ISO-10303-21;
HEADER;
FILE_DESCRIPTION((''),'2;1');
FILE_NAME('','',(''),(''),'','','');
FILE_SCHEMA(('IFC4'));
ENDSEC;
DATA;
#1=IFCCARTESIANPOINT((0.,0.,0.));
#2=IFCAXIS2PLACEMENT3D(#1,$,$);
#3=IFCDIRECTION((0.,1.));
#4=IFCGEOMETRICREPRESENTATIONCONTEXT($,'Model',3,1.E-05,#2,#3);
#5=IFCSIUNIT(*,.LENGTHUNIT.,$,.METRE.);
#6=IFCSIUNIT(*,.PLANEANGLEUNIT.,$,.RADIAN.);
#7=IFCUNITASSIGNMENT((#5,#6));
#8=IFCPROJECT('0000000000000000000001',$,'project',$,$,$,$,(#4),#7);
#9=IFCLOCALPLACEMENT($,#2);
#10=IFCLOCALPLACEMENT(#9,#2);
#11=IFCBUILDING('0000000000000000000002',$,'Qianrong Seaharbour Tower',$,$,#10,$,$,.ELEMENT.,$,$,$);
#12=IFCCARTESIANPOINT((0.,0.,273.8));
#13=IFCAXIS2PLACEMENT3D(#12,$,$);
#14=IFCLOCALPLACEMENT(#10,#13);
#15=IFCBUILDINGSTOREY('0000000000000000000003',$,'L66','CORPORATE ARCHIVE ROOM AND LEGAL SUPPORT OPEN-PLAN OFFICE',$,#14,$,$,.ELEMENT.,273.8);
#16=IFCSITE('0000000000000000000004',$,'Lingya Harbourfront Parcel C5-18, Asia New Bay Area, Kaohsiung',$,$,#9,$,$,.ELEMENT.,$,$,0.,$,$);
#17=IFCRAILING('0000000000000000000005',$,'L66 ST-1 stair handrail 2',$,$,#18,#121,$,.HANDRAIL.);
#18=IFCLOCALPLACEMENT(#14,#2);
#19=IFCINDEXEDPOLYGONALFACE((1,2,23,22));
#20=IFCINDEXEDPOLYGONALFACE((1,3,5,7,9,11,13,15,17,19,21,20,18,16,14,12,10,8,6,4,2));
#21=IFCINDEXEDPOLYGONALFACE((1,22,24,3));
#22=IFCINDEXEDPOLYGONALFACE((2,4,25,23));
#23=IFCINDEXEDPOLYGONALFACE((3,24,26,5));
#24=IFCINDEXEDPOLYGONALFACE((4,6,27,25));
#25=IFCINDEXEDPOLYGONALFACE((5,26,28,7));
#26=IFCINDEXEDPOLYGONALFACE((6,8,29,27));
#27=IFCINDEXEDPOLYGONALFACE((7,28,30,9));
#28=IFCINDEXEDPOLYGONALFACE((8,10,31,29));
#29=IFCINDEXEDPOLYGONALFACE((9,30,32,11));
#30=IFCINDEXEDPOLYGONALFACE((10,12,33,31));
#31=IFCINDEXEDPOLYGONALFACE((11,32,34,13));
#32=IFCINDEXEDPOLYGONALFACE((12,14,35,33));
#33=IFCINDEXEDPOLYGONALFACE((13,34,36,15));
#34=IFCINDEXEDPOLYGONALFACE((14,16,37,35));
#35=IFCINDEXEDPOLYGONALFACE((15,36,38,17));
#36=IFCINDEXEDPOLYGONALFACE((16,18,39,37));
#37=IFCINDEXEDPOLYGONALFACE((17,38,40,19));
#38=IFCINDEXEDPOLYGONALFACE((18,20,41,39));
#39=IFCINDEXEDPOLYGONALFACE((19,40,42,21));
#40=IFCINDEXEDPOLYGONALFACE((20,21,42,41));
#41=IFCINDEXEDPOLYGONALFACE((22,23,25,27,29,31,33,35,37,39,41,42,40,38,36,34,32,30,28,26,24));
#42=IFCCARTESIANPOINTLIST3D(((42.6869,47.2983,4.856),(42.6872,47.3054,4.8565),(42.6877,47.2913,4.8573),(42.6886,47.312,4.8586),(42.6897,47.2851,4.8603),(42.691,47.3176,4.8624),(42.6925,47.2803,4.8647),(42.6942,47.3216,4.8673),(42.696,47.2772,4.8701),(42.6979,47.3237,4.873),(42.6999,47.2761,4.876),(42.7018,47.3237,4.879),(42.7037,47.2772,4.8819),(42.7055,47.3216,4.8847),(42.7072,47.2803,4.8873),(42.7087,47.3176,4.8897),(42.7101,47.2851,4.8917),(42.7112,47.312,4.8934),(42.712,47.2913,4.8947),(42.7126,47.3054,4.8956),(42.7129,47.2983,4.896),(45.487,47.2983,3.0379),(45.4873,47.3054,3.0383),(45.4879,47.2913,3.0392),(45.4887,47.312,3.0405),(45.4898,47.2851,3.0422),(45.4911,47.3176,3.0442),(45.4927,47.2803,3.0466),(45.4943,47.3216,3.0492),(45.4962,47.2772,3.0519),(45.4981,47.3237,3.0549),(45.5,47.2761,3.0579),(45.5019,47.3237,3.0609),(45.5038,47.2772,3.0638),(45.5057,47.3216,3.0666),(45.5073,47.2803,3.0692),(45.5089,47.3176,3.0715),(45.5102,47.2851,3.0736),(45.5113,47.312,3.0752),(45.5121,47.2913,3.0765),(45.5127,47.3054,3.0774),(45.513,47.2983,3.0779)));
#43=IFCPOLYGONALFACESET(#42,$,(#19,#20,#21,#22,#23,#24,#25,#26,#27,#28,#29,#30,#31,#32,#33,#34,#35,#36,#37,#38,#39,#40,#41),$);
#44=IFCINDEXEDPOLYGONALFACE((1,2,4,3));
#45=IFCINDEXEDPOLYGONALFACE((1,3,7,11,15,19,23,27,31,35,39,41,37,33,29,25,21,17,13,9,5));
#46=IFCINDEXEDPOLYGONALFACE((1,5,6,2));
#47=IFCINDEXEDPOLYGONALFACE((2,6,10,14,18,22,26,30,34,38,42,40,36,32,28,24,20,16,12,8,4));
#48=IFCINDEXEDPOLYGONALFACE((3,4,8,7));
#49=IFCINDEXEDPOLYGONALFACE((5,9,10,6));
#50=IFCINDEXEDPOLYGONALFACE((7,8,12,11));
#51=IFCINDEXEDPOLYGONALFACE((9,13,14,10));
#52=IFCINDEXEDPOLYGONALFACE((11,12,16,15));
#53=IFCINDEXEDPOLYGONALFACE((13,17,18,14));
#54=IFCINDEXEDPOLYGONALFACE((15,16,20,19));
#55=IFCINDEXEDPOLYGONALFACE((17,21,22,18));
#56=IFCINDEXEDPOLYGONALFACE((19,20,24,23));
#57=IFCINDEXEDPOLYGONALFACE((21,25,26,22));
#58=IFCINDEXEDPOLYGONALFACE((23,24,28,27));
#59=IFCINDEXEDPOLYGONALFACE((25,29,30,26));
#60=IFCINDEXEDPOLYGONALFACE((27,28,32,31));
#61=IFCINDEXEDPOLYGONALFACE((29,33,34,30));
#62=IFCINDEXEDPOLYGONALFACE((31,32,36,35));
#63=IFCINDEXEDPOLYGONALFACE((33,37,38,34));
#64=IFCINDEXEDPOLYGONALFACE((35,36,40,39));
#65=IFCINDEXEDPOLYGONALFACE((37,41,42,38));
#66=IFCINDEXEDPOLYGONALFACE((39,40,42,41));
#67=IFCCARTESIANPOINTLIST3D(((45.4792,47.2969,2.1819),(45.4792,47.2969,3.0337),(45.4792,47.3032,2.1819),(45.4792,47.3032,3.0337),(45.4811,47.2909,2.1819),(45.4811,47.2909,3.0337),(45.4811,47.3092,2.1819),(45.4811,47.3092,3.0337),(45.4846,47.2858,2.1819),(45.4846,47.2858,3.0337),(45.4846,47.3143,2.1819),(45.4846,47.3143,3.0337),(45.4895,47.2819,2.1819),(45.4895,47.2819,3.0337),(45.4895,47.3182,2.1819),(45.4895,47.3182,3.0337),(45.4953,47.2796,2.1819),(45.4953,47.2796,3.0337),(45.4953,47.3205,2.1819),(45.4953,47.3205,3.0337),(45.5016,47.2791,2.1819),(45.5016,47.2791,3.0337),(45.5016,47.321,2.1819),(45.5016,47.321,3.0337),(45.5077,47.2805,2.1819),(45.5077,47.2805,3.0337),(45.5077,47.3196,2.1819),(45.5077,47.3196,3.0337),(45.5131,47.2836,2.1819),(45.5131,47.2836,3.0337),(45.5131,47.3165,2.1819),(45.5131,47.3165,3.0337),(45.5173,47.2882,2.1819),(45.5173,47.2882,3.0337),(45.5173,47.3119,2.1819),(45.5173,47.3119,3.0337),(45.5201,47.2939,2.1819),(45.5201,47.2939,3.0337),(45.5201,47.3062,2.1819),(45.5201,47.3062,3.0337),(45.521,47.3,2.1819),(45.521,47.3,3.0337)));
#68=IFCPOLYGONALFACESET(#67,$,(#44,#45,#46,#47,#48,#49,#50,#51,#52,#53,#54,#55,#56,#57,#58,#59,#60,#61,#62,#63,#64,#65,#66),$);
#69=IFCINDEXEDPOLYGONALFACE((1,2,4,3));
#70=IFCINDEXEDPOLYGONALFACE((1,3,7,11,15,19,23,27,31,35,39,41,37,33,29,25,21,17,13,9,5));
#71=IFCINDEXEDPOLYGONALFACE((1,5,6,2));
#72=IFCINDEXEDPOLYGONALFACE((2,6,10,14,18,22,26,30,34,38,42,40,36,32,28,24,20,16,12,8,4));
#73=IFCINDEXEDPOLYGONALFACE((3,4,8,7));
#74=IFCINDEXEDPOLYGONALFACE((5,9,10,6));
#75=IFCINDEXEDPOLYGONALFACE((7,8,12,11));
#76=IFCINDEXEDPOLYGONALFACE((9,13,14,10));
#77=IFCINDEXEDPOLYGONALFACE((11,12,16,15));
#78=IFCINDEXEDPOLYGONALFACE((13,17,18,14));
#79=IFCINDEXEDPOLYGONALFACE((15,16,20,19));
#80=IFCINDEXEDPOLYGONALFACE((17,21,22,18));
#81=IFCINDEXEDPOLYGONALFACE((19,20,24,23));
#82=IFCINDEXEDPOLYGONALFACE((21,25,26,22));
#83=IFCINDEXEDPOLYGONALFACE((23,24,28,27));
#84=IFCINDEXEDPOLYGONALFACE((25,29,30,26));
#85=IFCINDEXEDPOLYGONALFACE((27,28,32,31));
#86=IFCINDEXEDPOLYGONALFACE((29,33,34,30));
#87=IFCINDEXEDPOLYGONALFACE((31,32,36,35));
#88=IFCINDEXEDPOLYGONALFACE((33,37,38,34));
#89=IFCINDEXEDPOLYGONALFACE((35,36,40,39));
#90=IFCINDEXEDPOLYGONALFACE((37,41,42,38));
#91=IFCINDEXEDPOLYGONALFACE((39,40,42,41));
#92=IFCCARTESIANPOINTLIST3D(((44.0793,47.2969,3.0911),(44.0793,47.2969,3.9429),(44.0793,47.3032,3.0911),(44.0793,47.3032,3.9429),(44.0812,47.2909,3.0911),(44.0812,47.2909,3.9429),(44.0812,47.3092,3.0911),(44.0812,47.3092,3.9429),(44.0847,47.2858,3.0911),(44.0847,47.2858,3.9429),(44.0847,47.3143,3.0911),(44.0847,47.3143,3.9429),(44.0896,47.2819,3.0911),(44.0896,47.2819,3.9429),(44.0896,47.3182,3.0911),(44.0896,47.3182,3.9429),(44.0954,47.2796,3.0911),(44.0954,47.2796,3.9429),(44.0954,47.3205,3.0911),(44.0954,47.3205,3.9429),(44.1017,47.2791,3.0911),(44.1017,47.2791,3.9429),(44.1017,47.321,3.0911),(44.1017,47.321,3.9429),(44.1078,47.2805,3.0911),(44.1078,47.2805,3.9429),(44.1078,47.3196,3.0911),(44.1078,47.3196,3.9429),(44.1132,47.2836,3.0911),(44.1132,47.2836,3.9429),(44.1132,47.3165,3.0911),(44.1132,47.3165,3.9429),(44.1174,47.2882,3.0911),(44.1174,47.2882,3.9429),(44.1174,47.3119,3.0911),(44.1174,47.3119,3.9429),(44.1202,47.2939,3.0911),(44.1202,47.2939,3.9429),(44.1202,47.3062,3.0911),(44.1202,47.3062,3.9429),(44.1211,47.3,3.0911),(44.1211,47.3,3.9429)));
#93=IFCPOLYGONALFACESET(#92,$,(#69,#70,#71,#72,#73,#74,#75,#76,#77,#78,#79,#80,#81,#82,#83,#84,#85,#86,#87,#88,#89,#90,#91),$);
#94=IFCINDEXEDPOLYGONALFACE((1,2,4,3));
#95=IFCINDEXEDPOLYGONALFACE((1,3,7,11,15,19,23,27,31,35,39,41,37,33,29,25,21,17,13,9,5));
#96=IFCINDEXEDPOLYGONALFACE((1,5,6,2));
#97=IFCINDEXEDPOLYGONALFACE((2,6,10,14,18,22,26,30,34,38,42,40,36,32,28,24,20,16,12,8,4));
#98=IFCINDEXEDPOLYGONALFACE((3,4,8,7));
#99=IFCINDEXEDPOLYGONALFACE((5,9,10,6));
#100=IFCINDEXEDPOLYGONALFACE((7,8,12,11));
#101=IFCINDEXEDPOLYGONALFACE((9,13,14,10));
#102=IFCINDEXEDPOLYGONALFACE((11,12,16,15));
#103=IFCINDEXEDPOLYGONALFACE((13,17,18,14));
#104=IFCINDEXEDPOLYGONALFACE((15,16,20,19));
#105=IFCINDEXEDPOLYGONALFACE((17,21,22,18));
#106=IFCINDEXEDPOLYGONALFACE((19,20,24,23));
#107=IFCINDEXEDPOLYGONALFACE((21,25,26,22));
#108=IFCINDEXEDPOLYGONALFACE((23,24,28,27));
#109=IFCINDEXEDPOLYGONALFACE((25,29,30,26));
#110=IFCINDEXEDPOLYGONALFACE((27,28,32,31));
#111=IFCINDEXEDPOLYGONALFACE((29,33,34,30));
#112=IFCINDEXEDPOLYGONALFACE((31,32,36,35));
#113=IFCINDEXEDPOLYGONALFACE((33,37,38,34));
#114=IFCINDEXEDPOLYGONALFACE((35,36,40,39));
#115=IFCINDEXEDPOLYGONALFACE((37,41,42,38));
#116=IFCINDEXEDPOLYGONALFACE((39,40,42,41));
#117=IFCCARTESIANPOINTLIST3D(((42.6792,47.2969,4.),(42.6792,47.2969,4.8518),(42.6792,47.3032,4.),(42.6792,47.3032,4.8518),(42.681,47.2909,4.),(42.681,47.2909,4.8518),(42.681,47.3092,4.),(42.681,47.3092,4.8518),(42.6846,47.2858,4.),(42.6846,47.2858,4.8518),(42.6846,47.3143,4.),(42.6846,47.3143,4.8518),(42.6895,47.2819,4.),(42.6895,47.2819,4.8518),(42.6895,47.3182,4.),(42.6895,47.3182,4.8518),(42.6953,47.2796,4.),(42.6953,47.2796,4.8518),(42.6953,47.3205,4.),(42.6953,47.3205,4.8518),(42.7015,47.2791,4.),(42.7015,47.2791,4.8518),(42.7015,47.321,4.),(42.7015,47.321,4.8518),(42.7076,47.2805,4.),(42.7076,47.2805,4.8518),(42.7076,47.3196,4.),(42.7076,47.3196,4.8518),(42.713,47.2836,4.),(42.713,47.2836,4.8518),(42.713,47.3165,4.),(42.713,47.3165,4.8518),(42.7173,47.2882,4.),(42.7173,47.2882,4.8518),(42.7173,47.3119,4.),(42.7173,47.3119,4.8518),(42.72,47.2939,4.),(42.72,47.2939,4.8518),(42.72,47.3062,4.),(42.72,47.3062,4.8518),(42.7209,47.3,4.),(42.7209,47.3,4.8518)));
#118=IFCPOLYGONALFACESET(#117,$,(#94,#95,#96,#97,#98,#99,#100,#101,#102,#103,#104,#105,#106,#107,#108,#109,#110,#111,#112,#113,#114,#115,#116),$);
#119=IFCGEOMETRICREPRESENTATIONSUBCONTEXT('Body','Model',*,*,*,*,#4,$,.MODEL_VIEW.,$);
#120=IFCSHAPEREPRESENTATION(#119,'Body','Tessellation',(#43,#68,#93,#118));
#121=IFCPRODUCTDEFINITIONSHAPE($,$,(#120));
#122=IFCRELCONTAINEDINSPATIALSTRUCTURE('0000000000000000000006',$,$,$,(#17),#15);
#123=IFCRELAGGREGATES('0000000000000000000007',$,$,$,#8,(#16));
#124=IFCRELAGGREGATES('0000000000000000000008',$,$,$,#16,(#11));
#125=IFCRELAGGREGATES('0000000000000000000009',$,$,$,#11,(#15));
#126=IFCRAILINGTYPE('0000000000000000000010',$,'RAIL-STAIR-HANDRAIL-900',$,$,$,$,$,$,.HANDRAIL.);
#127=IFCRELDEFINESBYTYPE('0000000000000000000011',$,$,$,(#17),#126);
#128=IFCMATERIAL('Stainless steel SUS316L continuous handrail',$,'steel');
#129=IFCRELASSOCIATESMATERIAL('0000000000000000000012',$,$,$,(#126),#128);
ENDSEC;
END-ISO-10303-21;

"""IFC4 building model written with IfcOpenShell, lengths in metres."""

from ifc_helpers import new_model, si_unit, direction, frame, origin, origin_2d, place, context, subcontext, project, spatial, circle, extrude, material, type_object, element, save


model = new_model("IFC4")

# Units and contexts
model_context = context("Model", 3, precision=1e-05, world=origin(), true_north=direction((0.0, 1.0)))
body_context = subcontext(model_context, "Body", "Model", "MODEL_VIEW")
ifc_project = project(units=[si_unit("LENGTHUNIT", "METRE"), si_unit("PLANEANGLEUNIT", "RADIAN")], contexts=[model_context])

# Site, building, storey
site_placement = place(None, origin())
site = spatial("IfcSite", under=ifc_project, at=site_placement, Name="Lingya Harbourfront Parcel C5-18, Asia New Bay Area, Kaohsiung", CompositionType="ELEMENT", RefElevation=0.0)
building_placement = place(site_placement, origin())
building = spatial("IfcBuilding", under=site, at=building_placement, Name="Qianrong Seaharbour Tower", CompositionType="ELEMENT")
storey_placement = place(building_placement, frame((0.0, 0.0, 273.8)))
storey = spatial("IfcBuildingStorey", under=building, at=storey_placement, Name="L66", Description="CORPORATE ARCHIVE ROOM AND LEGAL SUPPORT OPEN-PLAN OFFICE", CompositionType="ELEMENT", Elevation=273.8)

# Railing
ifc_material_1 = material(Name="Stainless steel SUS316L continuous handrail", Category="steel")
railing_type_1 = type_object("IfcRailingType", Name="RAIL-STAIR-HANDRAIL-900", PredefinedType="HANDRAIL", material=ifc_material_1)
railing_1_placement = place(storey_placement, frame((45.5, 47.3, 2.1819)))
element("IfcRailing", 1, at=railing_1_placement, inside=storey, type_object=railing_type_1, Name="L66 ST-1 stair handrail 2", PredefinedType="HANDRAIL", context=body_context, shape_type="SweptSolid", body=[
    extrude(circle(Radius=0.0239, at=origin_2d()), frame((0.0, 0.0, 0.876), z_axis=(-0.838706, 0.0, 0.544585), x_axis=(0.0, -1.0, 0.0)), (0.0, 0.0, 1.0), 3.3386),
    extrude(circle(Radius=0.021, at=origin_2d()), origin(), (0.0, 0.0, 1.0), 0.8518),
    extrude(circle(Radius=0.021, at=origin_2d()), frame((-1.3999, 0.0, 0.9092)), (0.0, 0.0, 1.0), 0.8518),
    extrude(circle(Radius=0.021, at=origin_2d()), frame((-2.8, 0.0, 1.8181)), (0.0, 0.0, 1.0), 0.8518),
])

save(model, "model.ifc")
